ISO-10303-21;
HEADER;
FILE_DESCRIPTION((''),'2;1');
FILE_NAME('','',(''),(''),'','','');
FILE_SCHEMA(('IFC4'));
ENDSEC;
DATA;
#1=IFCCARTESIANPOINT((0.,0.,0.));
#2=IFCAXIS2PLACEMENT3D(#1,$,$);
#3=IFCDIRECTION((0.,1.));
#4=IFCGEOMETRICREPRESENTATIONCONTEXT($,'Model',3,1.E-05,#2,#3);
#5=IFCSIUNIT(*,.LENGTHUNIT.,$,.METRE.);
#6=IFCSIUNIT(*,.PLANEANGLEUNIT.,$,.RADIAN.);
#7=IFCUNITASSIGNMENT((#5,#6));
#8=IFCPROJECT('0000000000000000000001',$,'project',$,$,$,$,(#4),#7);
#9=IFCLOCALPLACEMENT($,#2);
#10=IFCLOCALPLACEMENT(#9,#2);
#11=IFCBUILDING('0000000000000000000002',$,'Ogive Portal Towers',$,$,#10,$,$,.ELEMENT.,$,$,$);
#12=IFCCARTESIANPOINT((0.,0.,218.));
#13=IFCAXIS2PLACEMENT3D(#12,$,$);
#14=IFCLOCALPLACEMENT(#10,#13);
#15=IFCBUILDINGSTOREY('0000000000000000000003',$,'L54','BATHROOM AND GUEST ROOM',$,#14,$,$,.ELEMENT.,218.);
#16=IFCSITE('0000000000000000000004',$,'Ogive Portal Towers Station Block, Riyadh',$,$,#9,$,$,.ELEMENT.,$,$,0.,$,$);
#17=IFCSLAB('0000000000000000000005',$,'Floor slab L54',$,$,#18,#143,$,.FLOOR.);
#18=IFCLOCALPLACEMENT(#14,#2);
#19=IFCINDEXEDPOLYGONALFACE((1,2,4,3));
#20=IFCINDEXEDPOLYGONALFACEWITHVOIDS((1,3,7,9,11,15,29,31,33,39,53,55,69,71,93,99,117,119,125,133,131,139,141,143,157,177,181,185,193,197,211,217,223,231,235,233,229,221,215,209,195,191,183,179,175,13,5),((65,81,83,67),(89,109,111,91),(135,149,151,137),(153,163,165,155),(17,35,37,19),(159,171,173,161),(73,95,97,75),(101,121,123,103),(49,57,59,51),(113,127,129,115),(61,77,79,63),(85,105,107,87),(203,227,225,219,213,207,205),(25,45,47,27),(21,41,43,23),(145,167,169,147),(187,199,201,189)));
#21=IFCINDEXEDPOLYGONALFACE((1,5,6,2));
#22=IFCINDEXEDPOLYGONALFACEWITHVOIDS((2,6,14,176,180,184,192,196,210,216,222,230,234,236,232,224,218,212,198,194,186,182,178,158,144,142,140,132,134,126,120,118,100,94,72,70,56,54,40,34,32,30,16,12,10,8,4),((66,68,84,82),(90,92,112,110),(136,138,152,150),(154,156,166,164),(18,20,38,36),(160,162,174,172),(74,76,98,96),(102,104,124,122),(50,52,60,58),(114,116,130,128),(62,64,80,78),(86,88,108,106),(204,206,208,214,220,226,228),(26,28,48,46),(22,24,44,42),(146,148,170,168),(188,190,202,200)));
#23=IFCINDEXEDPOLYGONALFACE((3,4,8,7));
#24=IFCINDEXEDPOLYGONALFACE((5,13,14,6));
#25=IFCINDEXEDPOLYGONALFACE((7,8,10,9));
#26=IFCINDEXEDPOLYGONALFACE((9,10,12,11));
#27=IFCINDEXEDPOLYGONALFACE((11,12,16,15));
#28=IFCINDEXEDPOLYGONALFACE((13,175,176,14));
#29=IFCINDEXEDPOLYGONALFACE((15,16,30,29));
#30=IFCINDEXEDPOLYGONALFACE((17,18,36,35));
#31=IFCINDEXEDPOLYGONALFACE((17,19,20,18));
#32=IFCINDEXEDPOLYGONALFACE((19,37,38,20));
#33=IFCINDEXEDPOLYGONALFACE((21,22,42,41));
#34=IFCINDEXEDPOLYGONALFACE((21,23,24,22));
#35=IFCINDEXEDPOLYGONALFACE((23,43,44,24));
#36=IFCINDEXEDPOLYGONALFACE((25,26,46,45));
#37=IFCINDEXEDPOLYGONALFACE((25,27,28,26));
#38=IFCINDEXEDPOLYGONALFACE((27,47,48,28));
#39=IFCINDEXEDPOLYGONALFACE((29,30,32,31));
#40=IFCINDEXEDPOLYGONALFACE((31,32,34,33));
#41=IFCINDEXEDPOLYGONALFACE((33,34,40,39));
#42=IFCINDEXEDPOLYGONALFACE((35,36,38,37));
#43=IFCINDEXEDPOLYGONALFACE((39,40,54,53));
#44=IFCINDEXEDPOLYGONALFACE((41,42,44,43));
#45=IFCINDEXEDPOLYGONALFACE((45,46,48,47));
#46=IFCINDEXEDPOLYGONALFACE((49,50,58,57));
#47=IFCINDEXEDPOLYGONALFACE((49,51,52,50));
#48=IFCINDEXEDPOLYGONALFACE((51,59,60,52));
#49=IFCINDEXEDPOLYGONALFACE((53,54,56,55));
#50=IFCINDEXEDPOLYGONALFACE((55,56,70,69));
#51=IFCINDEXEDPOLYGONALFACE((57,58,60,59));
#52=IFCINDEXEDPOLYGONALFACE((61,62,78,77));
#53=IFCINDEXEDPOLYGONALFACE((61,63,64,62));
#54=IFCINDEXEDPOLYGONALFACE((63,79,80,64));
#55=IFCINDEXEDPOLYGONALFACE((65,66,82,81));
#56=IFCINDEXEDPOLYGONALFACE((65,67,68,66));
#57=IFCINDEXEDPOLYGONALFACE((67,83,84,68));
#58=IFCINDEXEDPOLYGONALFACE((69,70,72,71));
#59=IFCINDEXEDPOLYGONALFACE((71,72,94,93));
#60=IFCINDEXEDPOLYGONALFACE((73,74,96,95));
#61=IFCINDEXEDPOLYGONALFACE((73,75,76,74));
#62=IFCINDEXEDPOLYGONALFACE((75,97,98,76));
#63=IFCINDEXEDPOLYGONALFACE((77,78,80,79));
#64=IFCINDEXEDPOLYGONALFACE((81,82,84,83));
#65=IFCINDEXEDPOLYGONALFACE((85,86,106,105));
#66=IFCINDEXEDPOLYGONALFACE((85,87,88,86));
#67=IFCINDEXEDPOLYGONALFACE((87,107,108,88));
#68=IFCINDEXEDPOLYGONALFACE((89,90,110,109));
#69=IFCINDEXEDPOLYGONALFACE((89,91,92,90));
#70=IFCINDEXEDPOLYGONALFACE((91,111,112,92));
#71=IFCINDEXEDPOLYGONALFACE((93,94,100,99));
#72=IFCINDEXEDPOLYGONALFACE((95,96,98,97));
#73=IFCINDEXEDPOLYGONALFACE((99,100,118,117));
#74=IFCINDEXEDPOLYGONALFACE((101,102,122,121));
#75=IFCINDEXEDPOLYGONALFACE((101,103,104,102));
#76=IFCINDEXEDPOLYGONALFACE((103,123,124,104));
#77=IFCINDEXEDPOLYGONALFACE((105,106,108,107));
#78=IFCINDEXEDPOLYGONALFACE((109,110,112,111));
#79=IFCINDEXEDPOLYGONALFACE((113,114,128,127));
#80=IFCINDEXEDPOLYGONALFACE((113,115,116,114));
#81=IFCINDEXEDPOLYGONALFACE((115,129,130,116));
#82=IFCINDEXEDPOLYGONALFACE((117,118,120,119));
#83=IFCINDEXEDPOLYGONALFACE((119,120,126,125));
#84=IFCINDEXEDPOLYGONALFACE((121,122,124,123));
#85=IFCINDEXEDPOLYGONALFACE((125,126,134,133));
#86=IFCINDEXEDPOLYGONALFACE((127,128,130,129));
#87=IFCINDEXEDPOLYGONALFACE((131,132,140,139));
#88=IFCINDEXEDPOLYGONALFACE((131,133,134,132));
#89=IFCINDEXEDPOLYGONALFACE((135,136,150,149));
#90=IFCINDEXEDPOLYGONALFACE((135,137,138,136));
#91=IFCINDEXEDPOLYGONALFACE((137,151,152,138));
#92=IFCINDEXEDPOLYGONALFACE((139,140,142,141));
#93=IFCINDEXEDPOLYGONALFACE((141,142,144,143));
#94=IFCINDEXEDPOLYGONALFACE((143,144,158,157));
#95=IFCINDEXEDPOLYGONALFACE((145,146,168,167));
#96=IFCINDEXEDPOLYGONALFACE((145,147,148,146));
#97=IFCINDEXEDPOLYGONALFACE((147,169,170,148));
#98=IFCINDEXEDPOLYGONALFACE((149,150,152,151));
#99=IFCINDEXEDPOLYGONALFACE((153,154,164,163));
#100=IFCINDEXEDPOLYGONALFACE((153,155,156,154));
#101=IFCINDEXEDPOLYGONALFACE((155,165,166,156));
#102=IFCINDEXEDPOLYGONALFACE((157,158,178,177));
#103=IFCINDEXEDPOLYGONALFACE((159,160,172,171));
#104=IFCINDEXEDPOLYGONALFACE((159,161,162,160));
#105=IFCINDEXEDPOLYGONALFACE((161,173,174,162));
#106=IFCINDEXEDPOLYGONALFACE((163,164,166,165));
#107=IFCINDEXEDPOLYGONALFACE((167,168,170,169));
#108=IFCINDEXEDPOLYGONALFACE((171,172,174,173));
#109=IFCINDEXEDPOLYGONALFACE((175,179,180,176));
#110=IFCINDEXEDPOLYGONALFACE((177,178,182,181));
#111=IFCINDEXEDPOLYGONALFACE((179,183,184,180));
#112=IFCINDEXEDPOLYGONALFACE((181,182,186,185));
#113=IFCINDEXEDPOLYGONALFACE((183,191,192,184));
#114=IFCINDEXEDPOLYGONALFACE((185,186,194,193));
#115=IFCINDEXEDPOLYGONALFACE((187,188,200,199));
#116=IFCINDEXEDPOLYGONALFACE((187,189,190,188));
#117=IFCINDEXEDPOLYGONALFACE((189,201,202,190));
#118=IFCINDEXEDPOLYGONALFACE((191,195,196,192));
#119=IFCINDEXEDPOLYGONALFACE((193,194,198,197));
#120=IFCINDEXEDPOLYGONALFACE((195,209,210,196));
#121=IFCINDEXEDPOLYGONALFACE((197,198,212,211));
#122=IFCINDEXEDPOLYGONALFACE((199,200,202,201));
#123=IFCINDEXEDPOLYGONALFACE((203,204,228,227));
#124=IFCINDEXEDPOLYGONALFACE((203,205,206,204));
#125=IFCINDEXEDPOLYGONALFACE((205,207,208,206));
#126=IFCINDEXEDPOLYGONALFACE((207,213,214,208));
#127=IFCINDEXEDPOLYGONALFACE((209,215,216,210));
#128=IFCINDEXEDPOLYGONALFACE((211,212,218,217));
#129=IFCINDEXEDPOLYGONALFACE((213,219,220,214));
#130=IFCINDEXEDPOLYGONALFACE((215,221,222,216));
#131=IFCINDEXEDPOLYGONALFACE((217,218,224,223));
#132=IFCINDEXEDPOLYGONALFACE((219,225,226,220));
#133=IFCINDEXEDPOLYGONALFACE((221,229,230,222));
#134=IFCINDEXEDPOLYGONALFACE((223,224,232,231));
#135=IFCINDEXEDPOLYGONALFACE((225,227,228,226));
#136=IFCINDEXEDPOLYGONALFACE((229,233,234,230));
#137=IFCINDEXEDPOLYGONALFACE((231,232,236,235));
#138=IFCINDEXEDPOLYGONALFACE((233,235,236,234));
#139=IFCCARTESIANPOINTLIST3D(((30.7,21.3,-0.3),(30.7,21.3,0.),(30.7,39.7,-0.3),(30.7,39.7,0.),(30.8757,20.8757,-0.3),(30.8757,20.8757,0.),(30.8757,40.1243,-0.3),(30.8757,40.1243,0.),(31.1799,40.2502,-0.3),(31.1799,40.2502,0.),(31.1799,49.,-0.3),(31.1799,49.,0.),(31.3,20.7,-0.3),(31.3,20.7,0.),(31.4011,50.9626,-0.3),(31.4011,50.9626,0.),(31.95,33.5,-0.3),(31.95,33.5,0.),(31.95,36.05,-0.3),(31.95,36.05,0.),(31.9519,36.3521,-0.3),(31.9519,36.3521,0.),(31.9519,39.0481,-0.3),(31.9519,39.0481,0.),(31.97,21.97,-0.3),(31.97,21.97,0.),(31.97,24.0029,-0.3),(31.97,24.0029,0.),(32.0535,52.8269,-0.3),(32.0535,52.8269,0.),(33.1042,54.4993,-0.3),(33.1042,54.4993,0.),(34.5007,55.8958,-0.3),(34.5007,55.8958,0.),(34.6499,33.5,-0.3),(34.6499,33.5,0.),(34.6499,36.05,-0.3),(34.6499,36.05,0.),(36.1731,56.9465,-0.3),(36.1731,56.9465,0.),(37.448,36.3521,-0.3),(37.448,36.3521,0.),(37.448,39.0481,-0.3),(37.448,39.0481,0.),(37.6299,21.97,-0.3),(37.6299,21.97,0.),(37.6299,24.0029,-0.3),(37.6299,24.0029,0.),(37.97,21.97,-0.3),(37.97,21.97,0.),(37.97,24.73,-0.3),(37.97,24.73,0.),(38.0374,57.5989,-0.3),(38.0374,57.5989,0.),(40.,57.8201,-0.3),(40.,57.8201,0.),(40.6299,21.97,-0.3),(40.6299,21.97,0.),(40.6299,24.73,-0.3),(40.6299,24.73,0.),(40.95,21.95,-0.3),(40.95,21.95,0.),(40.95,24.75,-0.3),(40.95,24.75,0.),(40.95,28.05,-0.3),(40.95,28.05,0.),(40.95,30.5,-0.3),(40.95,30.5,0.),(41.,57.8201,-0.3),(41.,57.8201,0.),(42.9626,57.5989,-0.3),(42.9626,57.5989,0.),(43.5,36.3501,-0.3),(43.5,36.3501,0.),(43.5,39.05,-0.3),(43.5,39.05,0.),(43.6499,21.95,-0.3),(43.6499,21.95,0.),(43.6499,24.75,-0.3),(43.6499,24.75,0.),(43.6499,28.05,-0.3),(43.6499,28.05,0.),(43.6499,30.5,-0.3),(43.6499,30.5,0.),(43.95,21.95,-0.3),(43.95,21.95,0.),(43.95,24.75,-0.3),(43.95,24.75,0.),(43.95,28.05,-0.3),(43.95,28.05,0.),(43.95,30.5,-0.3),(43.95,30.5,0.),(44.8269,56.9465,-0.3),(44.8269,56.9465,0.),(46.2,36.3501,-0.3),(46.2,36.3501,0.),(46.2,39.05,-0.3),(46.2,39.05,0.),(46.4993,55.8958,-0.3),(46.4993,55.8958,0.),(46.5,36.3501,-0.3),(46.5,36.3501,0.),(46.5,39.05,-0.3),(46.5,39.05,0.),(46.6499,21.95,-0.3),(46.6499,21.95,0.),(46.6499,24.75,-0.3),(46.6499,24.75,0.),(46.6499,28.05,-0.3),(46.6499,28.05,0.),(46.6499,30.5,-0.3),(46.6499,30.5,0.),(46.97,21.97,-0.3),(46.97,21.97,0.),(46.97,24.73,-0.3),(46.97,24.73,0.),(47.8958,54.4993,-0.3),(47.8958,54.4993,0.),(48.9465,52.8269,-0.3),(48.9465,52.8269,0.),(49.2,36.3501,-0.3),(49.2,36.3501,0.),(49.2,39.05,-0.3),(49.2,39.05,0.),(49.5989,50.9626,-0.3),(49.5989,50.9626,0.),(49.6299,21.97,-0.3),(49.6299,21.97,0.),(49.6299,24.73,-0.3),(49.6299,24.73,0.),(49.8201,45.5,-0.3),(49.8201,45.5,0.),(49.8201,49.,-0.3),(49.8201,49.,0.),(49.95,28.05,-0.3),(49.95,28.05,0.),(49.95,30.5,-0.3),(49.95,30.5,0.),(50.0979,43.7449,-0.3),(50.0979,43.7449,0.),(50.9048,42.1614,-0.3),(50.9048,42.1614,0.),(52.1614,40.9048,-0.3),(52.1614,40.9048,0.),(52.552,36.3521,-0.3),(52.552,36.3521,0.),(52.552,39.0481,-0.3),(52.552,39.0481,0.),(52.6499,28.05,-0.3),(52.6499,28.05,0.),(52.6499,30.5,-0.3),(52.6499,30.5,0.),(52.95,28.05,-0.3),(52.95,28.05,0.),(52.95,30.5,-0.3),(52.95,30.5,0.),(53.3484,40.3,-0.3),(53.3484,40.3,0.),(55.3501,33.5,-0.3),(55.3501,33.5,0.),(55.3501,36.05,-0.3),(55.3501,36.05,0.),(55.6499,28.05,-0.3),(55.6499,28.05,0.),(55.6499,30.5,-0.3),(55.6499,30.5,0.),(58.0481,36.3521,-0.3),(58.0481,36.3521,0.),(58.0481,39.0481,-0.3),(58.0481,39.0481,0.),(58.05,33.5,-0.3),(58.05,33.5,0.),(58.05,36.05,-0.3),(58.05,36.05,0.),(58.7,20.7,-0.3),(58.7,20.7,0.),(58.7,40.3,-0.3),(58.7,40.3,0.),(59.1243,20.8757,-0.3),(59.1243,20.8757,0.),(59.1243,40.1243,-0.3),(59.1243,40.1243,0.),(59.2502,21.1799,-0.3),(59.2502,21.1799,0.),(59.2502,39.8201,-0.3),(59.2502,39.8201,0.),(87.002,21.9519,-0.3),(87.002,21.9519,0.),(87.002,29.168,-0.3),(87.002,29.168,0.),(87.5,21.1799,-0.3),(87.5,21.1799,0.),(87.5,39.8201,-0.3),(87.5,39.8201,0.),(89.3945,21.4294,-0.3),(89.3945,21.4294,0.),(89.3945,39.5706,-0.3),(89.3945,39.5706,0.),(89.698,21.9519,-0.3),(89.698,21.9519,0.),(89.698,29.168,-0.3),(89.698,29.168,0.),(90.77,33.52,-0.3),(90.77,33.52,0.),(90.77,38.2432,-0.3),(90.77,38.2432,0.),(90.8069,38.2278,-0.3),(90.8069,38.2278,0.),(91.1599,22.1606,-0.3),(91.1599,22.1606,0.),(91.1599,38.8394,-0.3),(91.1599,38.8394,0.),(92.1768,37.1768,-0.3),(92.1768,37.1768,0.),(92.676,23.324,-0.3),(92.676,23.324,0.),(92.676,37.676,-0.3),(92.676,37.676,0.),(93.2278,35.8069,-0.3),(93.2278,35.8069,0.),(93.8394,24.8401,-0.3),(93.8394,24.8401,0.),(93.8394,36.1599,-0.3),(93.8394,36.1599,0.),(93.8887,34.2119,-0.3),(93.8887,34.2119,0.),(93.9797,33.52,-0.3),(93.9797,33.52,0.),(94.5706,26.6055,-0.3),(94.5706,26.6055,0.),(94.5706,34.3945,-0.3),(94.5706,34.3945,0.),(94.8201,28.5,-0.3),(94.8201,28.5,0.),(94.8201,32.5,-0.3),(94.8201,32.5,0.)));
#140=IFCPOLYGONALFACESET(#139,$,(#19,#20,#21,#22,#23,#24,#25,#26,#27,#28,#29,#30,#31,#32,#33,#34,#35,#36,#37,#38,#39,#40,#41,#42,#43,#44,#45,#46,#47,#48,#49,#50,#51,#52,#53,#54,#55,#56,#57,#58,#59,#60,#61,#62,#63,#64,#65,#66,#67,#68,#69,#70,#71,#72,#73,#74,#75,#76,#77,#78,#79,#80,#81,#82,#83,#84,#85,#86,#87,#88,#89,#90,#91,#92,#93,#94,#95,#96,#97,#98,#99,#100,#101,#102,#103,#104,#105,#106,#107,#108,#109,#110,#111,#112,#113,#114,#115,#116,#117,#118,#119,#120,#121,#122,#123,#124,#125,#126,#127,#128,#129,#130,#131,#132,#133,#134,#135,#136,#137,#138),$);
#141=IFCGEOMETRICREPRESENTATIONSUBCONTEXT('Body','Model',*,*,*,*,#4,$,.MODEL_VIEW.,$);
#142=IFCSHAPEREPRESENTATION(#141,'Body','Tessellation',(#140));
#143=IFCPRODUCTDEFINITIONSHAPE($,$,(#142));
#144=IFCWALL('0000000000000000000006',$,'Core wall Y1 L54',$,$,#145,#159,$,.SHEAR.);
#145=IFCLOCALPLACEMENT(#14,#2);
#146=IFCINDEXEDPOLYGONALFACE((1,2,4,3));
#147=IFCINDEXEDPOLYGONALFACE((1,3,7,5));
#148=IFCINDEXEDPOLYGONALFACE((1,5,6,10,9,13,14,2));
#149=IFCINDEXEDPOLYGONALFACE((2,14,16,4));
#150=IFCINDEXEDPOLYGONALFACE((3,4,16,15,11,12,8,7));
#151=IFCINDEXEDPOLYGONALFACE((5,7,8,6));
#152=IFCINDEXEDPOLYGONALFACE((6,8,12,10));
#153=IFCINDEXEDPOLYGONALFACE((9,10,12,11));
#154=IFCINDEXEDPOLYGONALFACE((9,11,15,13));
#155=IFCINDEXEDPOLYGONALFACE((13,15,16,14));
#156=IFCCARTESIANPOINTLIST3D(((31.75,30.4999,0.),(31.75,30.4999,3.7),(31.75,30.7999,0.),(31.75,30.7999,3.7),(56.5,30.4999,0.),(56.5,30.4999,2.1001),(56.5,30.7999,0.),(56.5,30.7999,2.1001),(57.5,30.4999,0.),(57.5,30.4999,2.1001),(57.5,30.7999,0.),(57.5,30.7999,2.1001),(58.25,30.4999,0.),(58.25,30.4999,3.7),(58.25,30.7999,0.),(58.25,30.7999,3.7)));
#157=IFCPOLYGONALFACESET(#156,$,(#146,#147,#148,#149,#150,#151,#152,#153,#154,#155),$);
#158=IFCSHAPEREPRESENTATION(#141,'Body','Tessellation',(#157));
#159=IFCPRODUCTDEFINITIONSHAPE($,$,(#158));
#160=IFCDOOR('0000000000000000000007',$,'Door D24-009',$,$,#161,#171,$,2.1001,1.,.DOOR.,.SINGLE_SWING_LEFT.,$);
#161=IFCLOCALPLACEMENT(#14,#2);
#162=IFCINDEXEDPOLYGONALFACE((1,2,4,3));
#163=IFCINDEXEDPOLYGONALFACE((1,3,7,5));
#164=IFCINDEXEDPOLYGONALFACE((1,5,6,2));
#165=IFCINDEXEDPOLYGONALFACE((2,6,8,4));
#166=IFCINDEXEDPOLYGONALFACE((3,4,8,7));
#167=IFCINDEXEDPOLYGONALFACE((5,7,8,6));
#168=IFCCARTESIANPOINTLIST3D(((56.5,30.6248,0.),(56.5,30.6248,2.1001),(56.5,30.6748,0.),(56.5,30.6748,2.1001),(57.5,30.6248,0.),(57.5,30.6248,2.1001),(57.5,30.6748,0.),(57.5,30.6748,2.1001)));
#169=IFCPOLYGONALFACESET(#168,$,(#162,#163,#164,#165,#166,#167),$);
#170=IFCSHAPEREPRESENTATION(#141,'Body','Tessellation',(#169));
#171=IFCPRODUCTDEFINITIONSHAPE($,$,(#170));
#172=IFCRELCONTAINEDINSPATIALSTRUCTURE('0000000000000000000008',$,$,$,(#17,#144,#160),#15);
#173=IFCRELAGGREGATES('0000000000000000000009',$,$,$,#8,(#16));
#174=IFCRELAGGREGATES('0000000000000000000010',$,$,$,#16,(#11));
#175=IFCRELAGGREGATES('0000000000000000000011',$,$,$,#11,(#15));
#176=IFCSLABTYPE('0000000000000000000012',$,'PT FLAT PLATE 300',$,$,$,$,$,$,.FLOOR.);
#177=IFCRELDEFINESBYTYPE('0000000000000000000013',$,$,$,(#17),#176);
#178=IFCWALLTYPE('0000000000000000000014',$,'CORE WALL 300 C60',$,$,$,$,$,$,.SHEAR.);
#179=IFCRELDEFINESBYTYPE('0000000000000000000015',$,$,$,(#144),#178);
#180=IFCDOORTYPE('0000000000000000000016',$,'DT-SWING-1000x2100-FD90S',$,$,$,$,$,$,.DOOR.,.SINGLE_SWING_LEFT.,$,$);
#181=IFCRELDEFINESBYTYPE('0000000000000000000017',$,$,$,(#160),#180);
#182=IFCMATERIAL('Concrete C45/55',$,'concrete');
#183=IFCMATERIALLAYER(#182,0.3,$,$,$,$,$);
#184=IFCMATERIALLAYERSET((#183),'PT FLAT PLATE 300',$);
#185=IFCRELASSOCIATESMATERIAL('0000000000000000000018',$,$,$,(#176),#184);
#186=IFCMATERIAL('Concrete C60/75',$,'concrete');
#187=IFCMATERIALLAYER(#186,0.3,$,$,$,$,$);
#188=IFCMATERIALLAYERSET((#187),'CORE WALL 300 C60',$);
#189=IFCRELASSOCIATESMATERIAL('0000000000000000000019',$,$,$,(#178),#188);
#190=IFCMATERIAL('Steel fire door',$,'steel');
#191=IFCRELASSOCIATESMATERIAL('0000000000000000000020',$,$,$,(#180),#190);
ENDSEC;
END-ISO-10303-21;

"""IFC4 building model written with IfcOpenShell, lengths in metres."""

from ifc_helpers import new_model, si_unit, direction, frame, frame_2d, origin, place, context, subcontext, project, spatial, polyline, rectangle, outline, extrude, material, layer, layer_set, type_object, element, fill, save


model = new_model("IFC4")

# Units and contexts
model_context = context("Model", 3, precision=1e-05, world=origin(), true_north=direction((0.0, 1.0)))
body_context = subcontext(model_context, "Body", "Model", "MODEL_VIEW")
ifc_project = project(units=[si_unit("LENGTHUNIT", "METRE"), si_unit("PLANEANGLEUNIT", "RADIAN")], contexts=[model_context])

# Site, building, storey
site_placement = place(None, origin())
site = spatial("IfcSite", under=ifc_project, at=site_placement, Name="Ogive Portal Towers Station Block, Riyadh", CompositionType="ELEMENT", RefElevation=0.0)
building_placement = place(site_placement, origin())
building = spatial("IfcBuilding", under=site, at=building_placement, Name="Ogive Portal Towers", CompositionType="ELEMENT")
storey_placement = place(building_placement, frame((0.0, 0.0, 218.0)))
storey = spatial("IfcBuildingStorey", under=building, at=storey_placement, Name="L54", Description="BATHROOM AND GUEST ROOM", CompositionType="ELEMENT", Elevation=218.0)

# Slab
ifc_material_1 = material(Name="Concrete C45/55", Category="concrete")
ifc_layer_1 = layer(ifc_material_1, 0.3)
ifc_layer_set_1 = layer_set([ifc_layer_1], Name="PT FLAT PLATE 300")
slab_type_1 = type_object("IfcSlabType", Name="PT FLAT PLATE 300", PredefinedType="FLOOR", material=ifc_layer_set_1)
slab_1_placement = place(storey_placement, frame((0.0, 0.0, -0.3)))
element("IfcSlab", 1, at=slab_1_placement, inside=storey, type_object=slab_type_1, Name="Floor slab L54", PredefinedType="FLOOR", context=body_context, shape_type="SweptSolid", body=[
    extrude(outline(polyline([(89.3945, 39.5706), (87.5, 39.8201), (59.2502, 39.8201), (59.1243, 40.1243), (58.7, 40.3), (53.3484, 40.3), (52.1614, 40.9048), (50.9048, 42.1614), (50.0979, 43.7449), (49.8201, 45.5), (49.8201, 49.0), (49.5989, 50.9626), (48.9465, 52.8269), (47.8958, 54.4993), (46.4993, 55.8958), (44.8269, 56.9465), (42.9626, 57.5989), (41.0, 57.8201), (40.0, 57.8201), (38.0374, 57.5989), (36.1731, 56.9465), (34.5007, 55.8958), (33.1042, 54.4993), (32.0535, 52.8269), (31.4011, 50.9626), (31.1799, 49.0), (31.1799, 40.2502), (30.8757, 40.1243), (30.7, 39.7), (30.7, 21.3), (30.8757, 20.8757), (31.3, 20.7), (58.7, 20.7), (59.1243, 20.8757), (59.2502, 21.1799), (87.5, 21.1799), (89.3945, 21.4294), (91.1599, 22.1606), (92.676, 23.324), (93.8394, 24.8401), (94.5706, 26.6055), (94.8201, 28.5), (94.8201, 32.5), (94.5706, 34.3945), (93.8394, 36.1599), (92.676, 37.676), (91.1599, 38.8394), (89.3945, 39.5706)]), holes=[polyline([(37.6299, 21.97), (31.97, 21.97), (31.97, 24.0029), (37.6299, 24.0029), (37.6299, 21.97)]), polyline([(40.6299, 21.97), (37.97, 21.97), (37.97, 24.73), (40.6299, 24.73), (40.6299, 21.97)]), polyline([(43.6499, 24.75), (43.6499, 21.95), (40.95, 21.95), (40.95, 24.75), (43.6499, 24.75)]), polyline([(46.6499, 24.75), (46.6499, 21.95), (43.95, 21.95), (43.95, 24.75), (46.6499, 24.75)]), polyline([(43.6499, 30.5), (43.6499, 28.05), (40.95, 28.05), (40.95, 30.5), (43.6499, 30.5)]), polyline([(46.6499, 30.5), (46.6499, 28.05), (43.95, 28.05), (43.95, 30.5), (46.6499, 30.5)]), polyline([(34.6499, 36.05), (34.6499, 33.5), (31.95, 33.5), (31.95, 36.05), (34.6499, 36.05)]), polyline([(31.9519, 39.0481), (37.448, 39.0481), (37.448, 36.3521), (31.9519, 36.3521), (31.9519, 39.0481)]), polyline([(46.2, 39.05), (46.2, 36.3501), (43.5, 36.3501), (43.5, 39.05), (46.2, 39.05)]), polyline([(49.6299, 21.97), (46.97, 21.97), (46.97, 24.73), (49.6299, 24.73), (49.6299, 21.97)]), polyline([(87.002, 21.9519), (87.002, 29.168), (89.698, 29.168), (89.698, 21.9519), (87.002, 21.9519)]), polyline([(52.6499, 30.5), (52.6499, 28.05), (49.95, 28.05), (49.95, 30.5), (52.6499, 30.5)]), polyline([(55.6499, 30.5), (55.6499, 28.05), (52.95, 28.05), (52.95, 30.5), (55.6499, 30.5)]), polyline([(58.05, 36.05), (58.05, 33.5), (55.3501, 33.5), (55.3501, 36.05), (58.05, 36.05)]), polyline([(92.1768, 37.1768), (93.2278, 35.8069), (93.8887, 34.2119), (93.9797, 33.52), (90.77, 33.52), (90.77, 38.2432), (90.8069, 38.2278), (92.1768, 37.1768)]), polyline([(49.2, 36.3501), (46.5, 36.3501), (46.5, 39.05), (49.2, 39.05), (49.2, 36.3501)]), polyline([(52.552, 36.3521), (52.552, 39.0481), (58.0481, 39.0481), (58.0481, 36.3521), (52.552, 36.3521)])]), origin(), (0.0, 0.0, 1.0), 0.3),
])

# Wall, opening, door
ifc_material_2 = material(Name="Concrete C60/75", Category="concrete")
ifc_layer_2 = layer(ifc_material_2, 0.3)
ifc_layer_set_2 = layer_set([ifc_layer_2], Name="CORE WALL 300 C60")
wall_type_1 = type_object("IfcWallType", Name="CORE WALL 300 C60", PredefinedType="SHEAR", material=ifc_layer_set_2)
wall_1_placement = place(storey_placement, frame((31.75, 30.6499, 0.0), z_axis=(0.0, 0.0, 1.0), x_axis=(1.0, 0.0, 0.0)))
wall_1 = element("IfcWall", 2, at=wall_1_placement, inside=storey, type_object=wall_type_1, Name="Core wall Y1 L54", PredefinedType="SHEAR", context=body_context, shape_type="SweptSolid", body=[
    extrude(rectangle(XDim=26.5, YDim=0.3, at=frame_2d((13.25, 0.0))), origin(), (0.0, 0.0, 1.0), 3.7),
])
opening_1_placement = place(wall_1_placement, frame((24.75, 0.0, 0.0)))
opening_1 = element("IfcOpeningElement", 3, at=opening_1_placement, cuts=wall_1, PredefinedType="OPENING", context=body_context, shape_type="SweptSolid", body=[
    extrude(rectangle(XDim=1.0, YDim=2.1001, at=frame_2d((0.5, 1.05))), frame((0.0, 0.1602, 0.0), z_axis=(0.0, -1.0, 0.0), x_axis=(1.0, 0.0, 0.0)), (0.0, 0.0, 1.0), 0.3201),
])
ifc_material_3 = material(Name="Steel fire door", Category="steel")
door_type_1 = type_object("IfcDoorType", Name="DT-SWING-1000x2100-FD90S", OperationType="SINGLE_SWING_LEFT", PredefinedType="DOOR", material=ifc_material_3)
door_1_placement = place(opening_1_placement, origin())
door_1 = element("IfcDoor", 4, at=door_1_placement, inside=storey, type_object=door_type_1, Name="Door D24-009", OperationType="SINGLE_SWING_LEFT", OverallHeight=2.1001, OverallWidth=1.0, PredefinedType="DOOR", context=body_context, shape_type="SweptSolid", body=[
    extrude(rectangle(XDim=1.0, YDim=2.1001, at=frame_2d((0.5, 1.05))), frame((0.0, 0.0249, 0.0), z_axis=(0.0, -1.0, 0.0), x_axis=(1.0, 0.0, 0.0)), (0.0, 0.0, 1.0), 0.05),
])
fill(opening_1, door_1)

save(model, "model.ifc")
